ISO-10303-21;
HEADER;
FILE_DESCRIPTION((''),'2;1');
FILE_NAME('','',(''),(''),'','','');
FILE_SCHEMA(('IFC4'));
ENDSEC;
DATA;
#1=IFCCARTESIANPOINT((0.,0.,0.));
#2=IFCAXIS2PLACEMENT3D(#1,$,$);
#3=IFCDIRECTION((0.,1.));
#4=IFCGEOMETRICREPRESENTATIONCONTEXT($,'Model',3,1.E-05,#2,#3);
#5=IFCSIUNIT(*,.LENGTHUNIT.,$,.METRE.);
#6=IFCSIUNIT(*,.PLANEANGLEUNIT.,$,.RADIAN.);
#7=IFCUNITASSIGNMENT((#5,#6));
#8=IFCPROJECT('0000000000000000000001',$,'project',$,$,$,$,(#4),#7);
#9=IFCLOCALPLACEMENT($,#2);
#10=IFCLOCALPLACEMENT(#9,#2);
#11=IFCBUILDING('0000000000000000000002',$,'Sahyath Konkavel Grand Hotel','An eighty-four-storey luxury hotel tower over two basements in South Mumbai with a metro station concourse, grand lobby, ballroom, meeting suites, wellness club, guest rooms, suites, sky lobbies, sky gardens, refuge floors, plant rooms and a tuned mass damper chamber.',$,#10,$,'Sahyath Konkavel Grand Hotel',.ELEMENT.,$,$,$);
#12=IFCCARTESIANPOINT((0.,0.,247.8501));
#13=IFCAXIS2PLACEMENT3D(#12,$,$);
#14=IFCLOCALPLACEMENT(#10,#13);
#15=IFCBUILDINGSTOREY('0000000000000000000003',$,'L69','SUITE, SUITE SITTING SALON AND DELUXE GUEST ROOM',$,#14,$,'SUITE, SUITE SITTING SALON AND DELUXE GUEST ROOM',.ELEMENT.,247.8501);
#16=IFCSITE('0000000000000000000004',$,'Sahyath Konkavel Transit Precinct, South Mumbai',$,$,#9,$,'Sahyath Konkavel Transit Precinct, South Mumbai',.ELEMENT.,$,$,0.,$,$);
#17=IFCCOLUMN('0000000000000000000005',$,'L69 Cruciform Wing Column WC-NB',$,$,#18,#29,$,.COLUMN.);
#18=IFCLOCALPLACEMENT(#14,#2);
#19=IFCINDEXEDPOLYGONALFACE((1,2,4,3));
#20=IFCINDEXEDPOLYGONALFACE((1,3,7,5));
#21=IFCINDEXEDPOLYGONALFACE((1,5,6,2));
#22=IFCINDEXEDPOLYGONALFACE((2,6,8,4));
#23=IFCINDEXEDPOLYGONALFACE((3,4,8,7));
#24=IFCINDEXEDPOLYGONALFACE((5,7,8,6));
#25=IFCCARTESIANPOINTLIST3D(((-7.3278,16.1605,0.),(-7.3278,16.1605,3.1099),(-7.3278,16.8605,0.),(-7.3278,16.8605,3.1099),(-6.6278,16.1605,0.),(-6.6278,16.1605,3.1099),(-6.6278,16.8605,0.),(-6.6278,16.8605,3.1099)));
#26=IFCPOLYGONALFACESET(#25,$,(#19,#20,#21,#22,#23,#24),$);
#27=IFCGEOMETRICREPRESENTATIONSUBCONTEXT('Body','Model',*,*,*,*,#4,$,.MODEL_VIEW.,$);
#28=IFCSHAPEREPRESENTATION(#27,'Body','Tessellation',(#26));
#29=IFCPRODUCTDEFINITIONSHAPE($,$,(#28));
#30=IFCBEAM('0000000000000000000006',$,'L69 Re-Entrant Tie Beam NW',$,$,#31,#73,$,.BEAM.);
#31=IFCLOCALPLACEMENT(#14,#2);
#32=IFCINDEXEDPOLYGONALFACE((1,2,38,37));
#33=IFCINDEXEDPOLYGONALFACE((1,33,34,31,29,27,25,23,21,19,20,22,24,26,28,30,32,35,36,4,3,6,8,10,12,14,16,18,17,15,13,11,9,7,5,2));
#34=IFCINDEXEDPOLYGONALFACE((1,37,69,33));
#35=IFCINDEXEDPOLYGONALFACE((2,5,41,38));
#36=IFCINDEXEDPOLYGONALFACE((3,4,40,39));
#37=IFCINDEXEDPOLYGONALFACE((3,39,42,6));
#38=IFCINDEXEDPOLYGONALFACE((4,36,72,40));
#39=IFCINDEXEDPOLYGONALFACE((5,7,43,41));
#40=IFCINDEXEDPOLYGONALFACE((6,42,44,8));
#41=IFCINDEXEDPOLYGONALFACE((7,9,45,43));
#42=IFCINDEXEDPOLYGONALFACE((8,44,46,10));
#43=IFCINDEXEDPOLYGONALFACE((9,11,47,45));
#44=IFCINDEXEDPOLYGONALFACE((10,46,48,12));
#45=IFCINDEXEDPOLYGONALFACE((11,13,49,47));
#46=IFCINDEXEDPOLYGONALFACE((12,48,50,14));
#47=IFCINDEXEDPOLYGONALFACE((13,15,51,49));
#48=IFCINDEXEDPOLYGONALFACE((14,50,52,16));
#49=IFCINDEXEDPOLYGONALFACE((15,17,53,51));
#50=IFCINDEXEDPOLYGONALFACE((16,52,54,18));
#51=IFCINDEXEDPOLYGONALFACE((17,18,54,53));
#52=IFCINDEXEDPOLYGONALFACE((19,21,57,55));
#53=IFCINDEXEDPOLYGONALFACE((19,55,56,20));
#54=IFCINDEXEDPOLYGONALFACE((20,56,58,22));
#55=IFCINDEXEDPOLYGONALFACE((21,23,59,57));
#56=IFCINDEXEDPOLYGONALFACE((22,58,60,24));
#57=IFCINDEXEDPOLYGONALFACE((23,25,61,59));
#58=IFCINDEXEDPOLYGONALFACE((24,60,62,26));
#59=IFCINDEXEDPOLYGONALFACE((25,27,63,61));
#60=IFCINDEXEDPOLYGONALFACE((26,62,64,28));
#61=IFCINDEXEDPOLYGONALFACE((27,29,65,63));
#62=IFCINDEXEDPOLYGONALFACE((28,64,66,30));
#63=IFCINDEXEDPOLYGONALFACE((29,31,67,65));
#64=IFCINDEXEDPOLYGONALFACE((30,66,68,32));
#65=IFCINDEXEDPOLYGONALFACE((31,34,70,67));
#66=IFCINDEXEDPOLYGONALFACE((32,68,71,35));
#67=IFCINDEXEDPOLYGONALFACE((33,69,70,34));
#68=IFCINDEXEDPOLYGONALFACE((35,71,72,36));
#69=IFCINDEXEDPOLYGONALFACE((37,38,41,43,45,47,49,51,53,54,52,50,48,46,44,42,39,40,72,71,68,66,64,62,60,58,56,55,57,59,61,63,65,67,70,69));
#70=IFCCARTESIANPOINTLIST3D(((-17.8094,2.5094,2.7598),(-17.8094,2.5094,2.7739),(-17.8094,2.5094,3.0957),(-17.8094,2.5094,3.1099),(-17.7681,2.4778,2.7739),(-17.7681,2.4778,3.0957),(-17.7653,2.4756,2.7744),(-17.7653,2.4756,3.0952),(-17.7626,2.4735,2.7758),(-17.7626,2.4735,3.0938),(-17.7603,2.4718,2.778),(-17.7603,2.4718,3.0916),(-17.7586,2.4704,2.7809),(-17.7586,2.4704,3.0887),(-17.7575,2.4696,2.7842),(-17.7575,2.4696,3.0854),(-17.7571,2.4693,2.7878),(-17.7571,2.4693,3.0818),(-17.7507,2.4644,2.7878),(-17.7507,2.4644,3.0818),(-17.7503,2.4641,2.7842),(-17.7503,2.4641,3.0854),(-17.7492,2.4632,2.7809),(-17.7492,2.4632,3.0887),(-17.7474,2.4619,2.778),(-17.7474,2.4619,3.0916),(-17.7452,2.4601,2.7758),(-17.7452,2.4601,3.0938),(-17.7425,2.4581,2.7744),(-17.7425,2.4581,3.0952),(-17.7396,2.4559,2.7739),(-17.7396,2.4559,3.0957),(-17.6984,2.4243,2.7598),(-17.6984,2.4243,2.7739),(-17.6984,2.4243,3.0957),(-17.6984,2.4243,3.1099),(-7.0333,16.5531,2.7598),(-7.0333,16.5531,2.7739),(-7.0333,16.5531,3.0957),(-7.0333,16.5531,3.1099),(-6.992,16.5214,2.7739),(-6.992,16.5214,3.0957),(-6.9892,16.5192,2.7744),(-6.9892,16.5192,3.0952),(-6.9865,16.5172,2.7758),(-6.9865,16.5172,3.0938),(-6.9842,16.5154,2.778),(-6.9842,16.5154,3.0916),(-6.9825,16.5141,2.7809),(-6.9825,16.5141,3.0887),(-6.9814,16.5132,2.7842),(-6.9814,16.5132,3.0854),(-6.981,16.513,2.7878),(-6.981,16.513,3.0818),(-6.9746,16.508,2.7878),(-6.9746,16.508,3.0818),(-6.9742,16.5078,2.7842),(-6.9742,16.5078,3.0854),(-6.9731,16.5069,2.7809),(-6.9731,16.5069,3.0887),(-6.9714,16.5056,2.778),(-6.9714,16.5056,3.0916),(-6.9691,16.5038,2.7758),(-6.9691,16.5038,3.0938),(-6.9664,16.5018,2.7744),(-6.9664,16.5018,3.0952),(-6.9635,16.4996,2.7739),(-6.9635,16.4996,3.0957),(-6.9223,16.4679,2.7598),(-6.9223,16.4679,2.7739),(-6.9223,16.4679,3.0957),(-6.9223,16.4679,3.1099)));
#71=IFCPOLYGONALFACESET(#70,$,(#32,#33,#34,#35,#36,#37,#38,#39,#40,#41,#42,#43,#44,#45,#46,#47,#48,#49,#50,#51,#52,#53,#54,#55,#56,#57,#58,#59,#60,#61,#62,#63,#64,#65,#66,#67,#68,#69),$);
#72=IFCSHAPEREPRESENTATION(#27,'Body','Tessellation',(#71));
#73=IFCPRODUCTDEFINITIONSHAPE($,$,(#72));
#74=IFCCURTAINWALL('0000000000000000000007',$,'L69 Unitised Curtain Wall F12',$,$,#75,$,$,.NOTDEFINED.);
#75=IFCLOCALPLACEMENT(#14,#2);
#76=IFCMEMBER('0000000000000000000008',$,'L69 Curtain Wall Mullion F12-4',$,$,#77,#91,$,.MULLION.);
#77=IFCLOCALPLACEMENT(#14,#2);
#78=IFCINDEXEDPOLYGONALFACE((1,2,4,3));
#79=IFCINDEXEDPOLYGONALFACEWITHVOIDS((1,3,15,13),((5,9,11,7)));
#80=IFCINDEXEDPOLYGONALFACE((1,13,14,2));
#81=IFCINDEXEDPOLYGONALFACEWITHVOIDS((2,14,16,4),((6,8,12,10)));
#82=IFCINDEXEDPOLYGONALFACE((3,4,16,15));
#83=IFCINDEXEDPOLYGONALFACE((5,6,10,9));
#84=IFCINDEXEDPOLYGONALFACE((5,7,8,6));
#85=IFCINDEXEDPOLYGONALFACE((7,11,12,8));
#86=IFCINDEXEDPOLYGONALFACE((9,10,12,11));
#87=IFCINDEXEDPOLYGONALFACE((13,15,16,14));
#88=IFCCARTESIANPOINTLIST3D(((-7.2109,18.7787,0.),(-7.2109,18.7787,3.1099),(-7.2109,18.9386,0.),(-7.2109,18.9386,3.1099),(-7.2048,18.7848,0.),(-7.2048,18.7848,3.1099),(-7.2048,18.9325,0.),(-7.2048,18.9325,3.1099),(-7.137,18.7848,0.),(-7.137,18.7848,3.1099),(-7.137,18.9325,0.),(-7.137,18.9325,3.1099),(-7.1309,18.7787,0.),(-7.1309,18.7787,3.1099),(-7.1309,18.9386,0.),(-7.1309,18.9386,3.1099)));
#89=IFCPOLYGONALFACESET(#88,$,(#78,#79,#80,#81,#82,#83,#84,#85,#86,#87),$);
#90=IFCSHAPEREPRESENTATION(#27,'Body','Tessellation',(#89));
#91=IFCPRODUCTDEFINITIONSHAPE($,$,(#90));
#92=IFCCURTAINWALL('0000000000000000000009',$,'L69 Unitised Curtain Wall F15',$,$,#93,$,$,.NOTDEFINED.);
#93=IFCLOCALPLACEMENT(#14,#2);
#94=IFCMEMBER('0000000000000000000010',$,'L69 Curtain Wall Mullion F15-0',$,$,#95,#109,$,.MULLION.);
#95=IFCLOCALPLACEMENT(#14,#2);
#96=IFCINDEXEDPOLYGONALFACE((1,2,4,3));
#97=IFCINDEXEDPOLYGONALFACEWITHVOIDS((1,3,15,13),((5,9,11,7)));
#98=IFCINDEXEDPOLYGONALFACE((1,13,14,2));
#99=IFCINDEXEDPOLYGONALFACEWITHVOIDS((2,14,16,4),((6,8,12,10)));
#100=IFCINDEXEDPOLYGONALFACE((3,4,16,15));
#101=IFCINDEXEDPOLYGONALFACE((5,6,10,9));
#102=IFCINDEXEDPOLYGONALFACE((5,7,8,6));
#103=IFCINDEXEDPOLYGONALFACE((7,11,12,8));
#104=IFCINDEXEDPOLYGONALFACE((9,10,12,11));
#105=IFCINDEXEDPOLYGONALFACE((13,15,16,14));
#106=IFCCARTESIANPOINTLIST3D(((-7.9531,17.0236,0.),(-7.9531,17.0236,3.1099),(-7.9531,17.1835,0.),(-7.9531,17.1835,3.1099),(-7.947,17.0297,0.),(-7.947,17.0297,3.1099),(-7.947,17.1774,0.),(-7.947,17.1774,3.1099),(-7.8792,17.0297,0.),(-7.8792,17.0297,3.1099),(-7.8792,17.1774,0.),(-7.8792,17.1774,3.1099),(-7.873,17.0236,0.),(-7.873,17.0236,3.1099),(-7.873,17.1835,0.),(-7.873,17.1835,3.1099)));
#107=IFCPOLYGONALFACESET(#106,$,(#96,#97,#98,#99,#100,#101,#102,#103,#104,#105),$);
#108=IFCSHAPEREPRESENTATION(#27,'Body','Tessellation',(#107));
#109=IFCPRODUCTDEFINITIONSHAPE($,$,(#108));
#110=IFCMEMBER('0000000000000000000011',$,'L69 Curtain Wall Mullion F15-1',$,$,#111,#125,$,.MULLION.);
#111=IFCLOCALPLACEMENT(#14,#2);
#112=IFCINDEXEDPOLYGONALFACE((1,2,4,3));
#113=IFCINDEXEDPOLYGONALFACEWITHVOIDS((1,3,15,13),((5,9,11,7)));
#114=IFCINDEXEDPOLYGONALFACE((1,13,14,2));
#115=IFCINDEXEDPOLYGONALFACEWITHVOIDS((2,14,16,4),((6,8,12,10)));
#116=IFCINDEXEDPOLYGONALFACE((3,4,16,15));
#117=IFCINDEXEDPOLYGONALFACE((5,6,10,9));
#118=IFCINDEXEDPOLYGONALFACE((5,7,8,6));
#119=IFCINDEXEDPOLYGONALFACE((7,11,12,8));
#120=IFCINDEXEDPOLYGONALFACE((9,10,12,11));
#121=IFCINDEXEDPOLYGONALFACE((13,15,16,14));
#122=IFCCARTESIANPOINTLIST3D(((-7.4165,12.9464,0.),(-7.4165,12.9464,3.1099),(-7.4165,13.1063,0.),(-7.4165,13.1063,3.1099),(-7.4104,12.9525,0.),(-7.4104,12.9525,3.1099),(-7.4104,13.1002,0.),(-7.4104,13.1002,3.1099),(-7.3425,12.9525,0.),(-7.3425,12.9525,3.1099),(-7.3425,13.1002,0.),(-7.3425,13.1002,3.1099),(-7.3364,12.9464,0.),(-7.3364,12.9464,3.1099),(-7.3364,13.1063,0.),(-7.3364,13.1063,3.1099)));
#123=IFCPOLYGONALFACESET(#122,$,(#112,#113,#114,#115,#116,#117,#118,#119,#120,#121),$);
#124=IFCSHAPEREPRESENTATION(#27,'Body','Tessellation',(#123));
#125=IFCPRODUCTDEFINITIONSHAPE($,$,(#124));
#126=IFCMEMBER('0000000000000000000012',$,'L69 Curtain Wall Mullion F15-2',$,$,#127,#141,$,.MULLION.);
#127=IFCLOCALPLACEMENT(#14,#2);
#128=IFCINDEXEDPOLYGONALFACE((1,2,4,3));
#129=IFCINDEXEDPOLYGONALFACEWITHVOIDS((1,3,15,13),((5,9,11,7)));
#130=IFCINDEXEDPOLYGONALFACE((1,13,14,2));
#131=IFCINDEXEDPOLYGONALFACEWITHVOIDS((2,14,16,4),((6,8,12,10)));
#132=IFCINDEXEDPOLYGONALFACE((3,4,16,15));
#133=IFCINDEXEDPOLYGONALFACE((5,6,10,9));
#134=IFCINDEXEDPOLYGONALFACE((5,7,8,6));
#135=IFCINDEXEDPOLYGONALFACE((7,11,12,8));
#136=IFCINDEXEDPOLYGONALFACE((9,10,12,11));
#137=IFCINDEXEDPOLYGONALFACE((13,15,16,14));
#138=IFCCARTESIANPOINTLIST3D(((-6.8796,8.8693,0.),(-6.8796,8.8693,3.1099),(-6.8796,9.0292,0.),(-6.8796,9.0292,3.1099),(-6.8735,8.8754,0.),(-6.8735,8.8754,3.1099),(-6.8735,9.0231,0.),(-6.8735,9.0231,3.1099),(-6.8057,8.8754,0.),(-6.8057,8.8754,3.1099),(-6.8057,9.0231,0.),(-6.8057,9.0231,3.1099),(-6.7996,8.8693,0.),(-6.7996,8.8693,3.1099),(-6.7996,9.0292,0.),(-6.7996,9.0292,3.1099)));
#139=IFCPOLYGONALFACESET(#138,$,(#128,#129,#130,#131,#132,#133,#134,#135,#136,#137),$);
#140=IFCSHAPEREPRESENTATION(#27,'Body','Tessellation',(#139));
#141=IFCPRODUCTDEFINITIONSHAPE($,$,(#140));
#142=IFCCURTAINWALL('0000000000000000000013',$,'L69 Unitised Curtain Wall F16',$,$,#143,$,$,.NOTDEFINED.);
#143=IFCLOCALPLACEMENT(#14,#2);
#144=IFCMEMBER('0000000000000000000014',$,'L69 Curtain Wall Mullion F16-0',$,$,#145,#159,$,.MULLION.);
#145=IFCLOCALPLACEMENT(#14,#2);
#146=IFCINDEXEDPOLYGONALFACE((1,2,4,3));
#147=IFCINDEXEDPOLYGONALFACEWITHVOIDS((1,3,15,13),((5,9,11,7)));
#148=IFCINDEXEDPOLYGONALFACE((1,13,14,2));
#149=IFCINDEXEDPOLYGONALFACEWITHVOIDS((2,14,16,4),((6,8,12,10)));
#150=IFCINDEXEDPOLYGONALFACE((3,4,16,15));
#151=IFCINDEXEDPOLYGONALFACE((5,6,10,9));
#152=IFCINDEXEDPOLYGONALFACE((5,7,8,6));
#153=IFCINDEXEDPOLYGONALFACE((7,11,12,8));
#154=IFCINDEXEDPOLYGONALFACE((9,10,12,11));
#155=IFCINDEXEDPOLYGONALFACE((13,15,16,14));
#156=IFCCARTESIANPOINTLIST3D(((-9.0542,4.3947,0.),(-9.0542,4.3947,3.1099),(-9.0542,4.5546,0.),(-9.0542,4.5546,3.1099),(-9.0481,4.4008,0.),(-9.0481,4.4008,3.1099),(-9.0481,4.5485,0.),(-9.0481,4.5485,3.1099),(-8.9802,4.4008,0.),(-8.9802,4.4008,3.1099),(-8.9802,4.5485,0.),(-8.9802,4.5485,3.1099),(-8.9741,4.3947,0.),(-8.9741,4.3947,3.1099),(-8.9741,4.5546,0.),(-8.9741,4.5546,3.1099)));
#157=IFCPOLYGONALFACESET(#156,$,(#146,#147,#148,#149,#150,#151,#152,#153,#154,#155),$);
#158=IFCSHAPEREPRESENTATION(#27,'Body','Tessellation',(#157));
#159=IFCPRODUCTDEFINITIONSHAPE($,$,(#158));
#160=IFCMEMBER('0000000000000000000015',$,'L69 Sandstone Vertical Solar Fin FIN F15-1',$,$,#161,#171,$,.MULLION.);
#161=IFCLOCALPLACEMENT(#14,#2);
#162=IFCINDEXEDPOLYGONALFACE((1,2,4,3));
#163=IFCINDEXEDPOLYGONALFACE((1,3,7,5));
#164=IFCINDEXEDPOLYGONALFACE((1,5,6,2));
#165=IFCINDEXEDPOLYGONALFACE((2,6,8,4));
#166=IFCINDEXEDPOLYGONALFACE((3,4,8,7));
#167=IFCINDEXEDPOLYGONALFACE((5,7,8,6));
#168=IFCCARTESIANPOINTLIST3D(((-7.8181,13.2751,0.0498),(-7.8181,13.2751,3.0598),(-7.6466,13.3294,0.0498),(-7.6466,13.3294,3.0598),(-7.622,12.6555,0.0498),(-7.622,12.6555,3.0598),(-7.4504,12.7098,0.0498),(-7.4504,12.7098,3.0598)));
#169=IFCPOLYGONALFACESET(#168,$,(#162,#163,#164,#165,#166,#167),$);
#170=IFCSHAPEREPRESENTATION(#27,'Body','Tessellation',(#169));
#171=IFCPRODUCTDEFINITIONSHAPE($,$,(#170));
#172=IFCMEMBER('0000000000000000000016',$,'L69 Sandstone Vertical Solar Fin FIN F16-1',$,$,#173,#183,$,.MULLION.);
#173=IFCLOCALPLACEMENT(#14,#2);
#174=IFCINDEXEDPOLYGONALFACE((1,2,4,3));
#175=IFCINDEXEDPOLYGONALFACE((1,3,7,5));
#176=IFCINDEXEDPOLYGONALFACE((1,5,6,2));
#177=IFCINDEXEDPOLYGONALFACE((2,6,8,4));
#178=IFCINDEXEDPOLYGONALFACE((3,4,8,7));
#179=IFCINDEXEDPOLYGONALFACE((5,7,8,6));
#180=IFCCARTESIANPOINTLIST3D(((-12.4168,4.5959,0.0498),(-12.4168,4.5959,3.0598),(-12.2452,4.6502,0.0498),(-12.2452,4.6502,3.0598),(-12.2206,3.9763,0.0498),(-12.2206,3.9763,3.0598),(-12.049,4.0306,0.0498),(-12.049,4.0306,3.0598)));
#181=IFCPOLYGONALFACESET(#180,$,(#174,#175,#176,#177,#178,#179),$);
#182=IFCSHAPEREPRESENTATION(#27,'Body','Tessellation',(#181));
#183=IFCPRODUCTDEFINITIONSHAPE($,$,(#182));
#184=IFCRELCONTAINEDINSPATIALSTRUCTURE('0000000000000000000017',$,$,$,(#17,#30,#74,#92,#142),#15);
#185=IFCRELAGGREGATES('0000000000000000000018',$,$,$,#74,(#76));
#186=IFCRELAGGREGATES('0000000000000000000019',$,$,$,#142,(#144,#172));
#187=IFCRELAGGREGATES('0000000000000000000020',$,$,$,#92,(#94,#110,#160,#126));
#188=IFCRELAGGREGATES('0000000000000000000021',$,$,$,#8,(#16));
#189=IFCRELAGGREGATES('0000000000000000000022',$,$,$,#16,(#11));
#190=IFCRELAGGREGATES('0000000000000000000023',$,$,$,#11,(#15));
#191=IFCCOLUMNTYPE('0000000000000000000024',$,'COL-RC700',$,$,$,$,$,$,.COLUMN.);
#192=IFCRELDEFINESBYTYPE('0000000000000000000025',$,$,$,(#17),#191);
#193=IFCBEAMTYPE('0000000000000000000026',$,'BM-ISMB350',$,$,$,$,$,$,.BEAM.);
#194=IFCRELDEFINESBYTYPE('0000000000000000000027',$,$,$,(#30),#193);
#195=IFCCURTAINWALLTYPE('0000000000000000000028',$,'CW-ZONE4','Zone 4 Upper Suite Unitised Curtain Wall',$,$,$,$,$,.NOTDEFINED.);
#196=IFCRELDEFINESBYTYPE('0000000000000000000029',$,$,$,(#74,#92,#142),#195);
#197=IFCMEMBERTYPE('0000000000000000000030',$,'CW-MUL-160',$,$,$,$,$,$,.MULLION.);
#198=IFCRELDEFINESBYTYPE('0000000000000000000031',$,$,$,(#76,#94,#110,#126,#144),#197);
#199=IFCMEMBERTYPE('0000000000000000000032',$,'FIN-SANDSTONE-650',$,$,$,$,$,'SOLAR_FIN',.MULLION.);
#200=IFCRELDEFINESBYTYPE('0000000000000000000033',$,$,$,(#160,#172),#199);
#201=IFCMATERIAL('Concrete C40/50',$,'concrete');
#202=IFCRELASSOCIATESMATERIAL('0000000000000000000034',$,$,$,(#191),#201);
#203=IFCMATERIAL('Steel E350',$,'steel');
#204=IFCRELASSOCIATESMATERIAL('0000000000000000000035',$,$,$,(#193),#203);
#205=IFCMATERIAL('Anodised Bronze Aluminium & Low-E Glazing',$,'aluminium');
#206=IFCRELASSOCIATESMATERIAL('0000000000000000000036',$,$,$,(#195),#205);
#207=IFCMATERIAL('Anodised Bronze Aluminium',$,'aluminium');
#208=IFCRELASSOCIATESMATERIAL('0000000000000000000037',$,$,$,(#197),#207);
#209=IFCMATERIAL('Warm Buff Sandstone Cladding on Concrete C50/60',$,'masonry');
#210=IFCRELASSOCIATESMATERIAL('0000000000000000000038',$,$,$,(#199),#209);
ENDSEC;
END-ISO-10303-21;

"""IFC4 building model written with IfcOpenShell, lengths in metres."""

from ifc_helpers import new_model, si_unit, direction, frame, origin, origin_2d, place, context, subcontext, project, spatial, rectangle, hollow_rectangle, i_section, extrude, source, transform, mapped, material, material_profile, profile_set, type_object, element, aggregate, save


model = new_model("IFC4")

# Units and contexts
model_context = context("Model", 3, precision=1e-05, world=origin(), true_north=direction((0.0, 1.0)))
body_context = subcontext(model_context, "Body", "Model", "MODEL_VIEW")
ifc_project = project(units=[si_unit("LENGTHUNIT", "METRE"), si_unit("PLANEANGLEUNIT", "RADIAN")], contexts=[model_context])

# Site, building, storey
site_placement = place(None, origin())
site = spatial("IfcSite", under=ifc_project, at=site_placement, Name="Sahyath Konkavel Transit Precinct, South Mumbai", LongName="Sahyath Konkavel Transit Precinct, South Mumbai", CompositionType="ELEMENT", RefElevation=0.0)
building_placement = place(site_placement, origin())
building = spatial("IfcBuilding", under=site, at=building_placement, Name="Sahyath Konkavel Grand Hotel", Description="An eighty-four-storey luxury hotel tower over two basements in South Mumbai with a metro station concourse, grand lobby, ballroom, meeting suites, wellness club, guest rooms, suites, sky lobbies, sky gardens, refuge floors, plant rooms and a tuned mass damper chamber.", LongName="Sahyath Konkavel Grand Hotel", CompositionType="ELEMENT")
storey_placement = place(building_placement, frame((0.0, 0.0, 247.8501)))
storey = spatial("IfcBuildingStorey", under=building, at=storey_placement, Name="L69", Description="SUITE, SUITE SITTING SALON AND DELUXE GUEST ROOM", LongName="SUITE, SUITE SITTING SALON AND DELUXE GUEST ROOM", CompositionType="ELEMENT", Elevation=247.8501)

# Column
ifc_material_1 = material(Name="Concrete C40/50", Category="concrete")
ifc_material_profile_1 = material_profile(ifc_material_1, rectangle(XDim=0.7, YDim=0.7, at=origin_2d()), Name="RC 700x700")
ifc_profile_set_1 = profile_set([ifc_material_profile_1], Name="Concrete C40/50")
column_type = type_object("IfcColumnType", Name="COL-RC700", PredefinedType="COLUMN", material=ifc_profile_set_1)
shared_shape_1 = source(origin(), body_context, "Body", "SweptSolid", [
    extrude(rectangle(XDim=0.7, YDim=0.7, at=origin_2d()), origin(), (0.0, 0.0, 1.0), 3.1099),
])
column_placement = place(storey_placement, frame((-6.9778, 16.5105, 0.0), z_axis=(0.0, 0.0, 1.0), x_axis=(1.0, 0.0, 0.0)))
element("IfcColumn", 1, at=column_placement, inside=storey, type_object=column_type, Name="L69 Cruciform Wing Column WC-NB", PredefinedType="COLUMN", context=body_context, shape_type="MappedRepresentation", body=[
    mapped(shared_shape_1, transform((0.0, 0.0, 0.0), scale=1.0)),
])

# Beam
ifc_material_2 = material(Name="Steel E350", Category="steel")
ifc_material_profile_2 = material_profile(ifc_material_2, i_section(OverallWidth=0.1399, OverallDepth=0.3501, WebThickness=0.0081, FlangeThickness=0.0142, FilletRadius=0.0139, at=origin_2d()), Name="ISMB 350")
ifc_profile_set_2 = profile_set([ifc_material_profile_2], Name="Steel E350")
beam_type = type_object("IfcBeamType", Name="BM-ISMB350", PredefinedType="BEAM", material=ifc_profile_set_2)
shared_shape_2 = source(origin(), body_context, "Body", "SweptSolid", [
    extrude(i_section(OverallWidth=0.1399, OverallDepth=0.3501, WebThickness=0.0081, FlangeThickness=0.0142, FilletRadius=0.0139, at=origin_2d()), origin(), (0.0, 0.0, 1.0), 17.7017),
])
beam_placement = place(storey_placement, frame((-6.9778, 16.5105, 2.9348), z_axis=(-0.608762, -0.793353, 0.0), x_axis=(0.793353, -0.608762, 0.0)))
element("IfcBeam", 2, at=beam_placement, inside=storey, type_object=beam_type, Name="L69 Re-Entrant Tie Beam NW", PredefinedType="BEAM", context=body_context, shape_type="MappedRepresentation", body=[
    mapped(shared_shape_2, transform((0.0, 0.0, 0.0), scale=1.0)),
])

# Curtain wall, member
ifc_material_3 = material(Name="Anodised Bronze Aluminium & Low-E Glazing", Category="aluminium")
curtain_wall_type = type_object("IfcCurtainWallType", Name="CW-ZONE4", Description="Zone 4 Upper Suite Unitised Curtain Wall", PredefinedType="NOTDEFINED", material=ifc_material_3)
curtain_wall_1_placement = place(storey_placement, origin())
curtain_wall_1 = element("IfcCurtainWall", 3, at=curtain_wall_1_placement, inside=storey, type_object=curtain_wall_type, Name="L69 Unitised Curtain Wall F12", PredefinedType="NOTDEFINED")
ifc_material_4 = material(Name="Anodised Bronze Aluminium", Category="aluminium")
ifc_material_profile_3 = material_profile(ifc_material_4, hollow_rectangle(XDim=0.0801, YDim=0.1599, WallThickness=0.0061, at=origin_2d()), Name="RHS 160x80x6")
ifc_profile_set_3 = profile_set([ifc_material_profile_3], Name="Anodised Bronze Aluminium")
member_type_1 = type_object("IfcMemberType", Name="CW-MUL-160", PredefinedType="MULLION", material=ifc_profile_set_3)
shared_shape_3 = source(origin(), body_context, "Body", "SweptSolid", [
    extrude(hollow_rectangle(XDim=0.0801, YDim=0.1599, WallThickness=0.0061, at=origin_2d()), origin(), (0.0, 0.0, 1.0), 3.1099),
])
member_1_placement = place(storey_placement, frame((-7.1709, 18.8586, 0.0), z_axis=(0.0, 0.0, 1.0), x_axis=(1.0, 0.0, 0.0)))
member_1 = element("IfcMember", 4, at=member_1_placement, type_object=member_type_1, Name="L69 Curtain Wall Mullion F12-4", PredefinedType="MULLION", context=body_context, shape_type="MappedRepresentation", body=[
    mapped(shared_shape_3, transform((0.0, 0.0, 0.0), scale=1.0)),
])
aggregate(curtain_wall_1, [member_1])

# Curtain wall, members
curtain_wall_2_placement = place(storey_placement, origin())
curtain_wall_2 = element("IfcCurtainWall", 5, at=curtain_wall_2_placement, inside=storey, type_object=curtain_wall_type, Name="L69 Unitised Curtain Wall F15", PredefinedType="NOTDEFINED")
member_2_placement = place(storey_placement, frame((-7.9131, 17.1035, 0.0), z_axis=(0.0, 0.0, 1.0), x_axis=(1.0, 0.0, 0.0)))
member_2 = element("IfcMember", 6, at=member_2_placement, type_object=member_type_1, Name="L69 Curtain Wall Mullion F15-0", PredefinedType="MULLION", context=body_context, shape_type="MappedRepresentation", body=[
    mapped(shared_shape_3, transform((0.0, 0.0, 0.0), scale=1.0)),
])
member_3_placement = place(storey_placement, frame((-7.3765, 13.0264, 0.0), z_axis=(0.0, 0.0, 1.0), x_axis=(1.0, 0.0, 0.0)))
member_3 = element("IfcMember", 7, at=member_3_placement, type_object=member_type_1, Name="L69 Curtain Wall Mullion F15-1", PredefinedType="MULLION", context=body_context, shape_type="MappedRepresentation", body=[
    mapped(shared_shape_3, transform((0.0, 0.0, 0.0), scale=1.0)),
])
member_4_placement = place(storey_placement, frame((-6.8396, 8.9492, 0.0), z_axis=(0.0, 0.0, 1.0), x_axis=(1.0, 0.0, 0.0)))
member_4 = element("IfcMember", 8, at=member_4_placement, type_object=member_type_1, Name="L69 Curtain Wall Mullion F15-2", PredefinedType="MULLION", context=body_context, shape_type="MappedRepresentation", body=[
    mapped(shared_shape_3, transform((0.0, 0.0, 0.0), scale=1.0)),
])

# Curtain wall, member
curtain_wall_3_placement = place(storey_placement, origin())
curtain_wall_3 = element("IfcCurtainWall", 9, at=curtain_wall_3_placement, inside=storey, type_object=curtain_wall_type, Name="L69 Unitised Curtain Wall F16", PredefinedType="NOTDEFINED")
member_5_placement = place(storey_placement, frame((-9.0142, 4.4746, 0.0), z_axis=(0.0, 0.0, 1.0), x_axis=(1.0, 0.0, 0.0)))
member_5 = element("IfcMember", 10, at=member_5_placement, type_object=member_type_1, Name="L69 Curtain Wall Mullion F16-0", PredefinedType="MULLION", context=body_context, shape_type="MappedRepresentation", body=[
    mapped(shared_shape_3, transform((0.0, 0.0, 0.0), scale=1.0)),
])

# Members
ifc_material_5 = material(Name="Warm Buff Sandstone Cladding on Concrete C50/60", Category="masonry")
ifc_material_profile_4 = material_profile(ifc_material_5, rectangle(XDim=0.1799, YDim=0.6499, at=origin_2d()), Name="FIN 180x650")
ifc_profile_set_4 = profile_set([ifc_material_profile_4], Name="Warm Buff Sandstone Cladding on Concrete C50/60")
member_type_2 = type_object("IfcMemberType", Name="FIN-SANDSTONE-650", ElementType="SOLAR_FIN", PredefinedType="MULLION", material=ifc_profile_set_4)
shared_shape_4 = source(origin(), body_context, "Body", "SweptSolid", [
    extrude(rectangle(XDim=0.1799, YDim=0.6499, at=origin_2d()), origin(), (0.0, 0.0, 1.0), 3.01),
])
member_6_placement = place(storey_placement, frame((-7.6343, 12.9924, 0.0498), z_axis=(0.0, 0.0, 1.0), x_axis=(0.953349, 0.301871, 0.0)))
member_6 = element("IfcMember", 11, at=member_6_placement, type_object=member_type_2, Name="L69 Sandstone Vertical Solar Fin FIN F15-1", PredefinedType="MULLION", context=body_context, shape_type="MappedRepresentation", body=[
    mapped(shared_shape_4, transform((0.0, 0.0, 0.0), scale=1.0)),
])
member_7_placement = place(storey_placement, frame((-12.2329, 4.3132, 0.0498), z_axis=(0.0, 0.0, 1.0), x_axis=(0.953349, 0.301871, 0.0)))
member_7 = element("IfcMember", 12, at=member_7_placement, type_object=member_type_2, Name="L69 Sandstone Vertical Solar Fin FIN F16-1", PredefinedType="MULLION", context=body_context, shape_type="MappedRepresentation", body=[
    mapped(shared_shape_4, transform((0.0, 0.0, 0.0), scale=1.0)),
])

aggregate(curtain_wall_3, [member_5, member_7])
aggregate(curtain_wall_2, [member_2, member_3, member_6, member_4])

save(model, "model.ifc")
